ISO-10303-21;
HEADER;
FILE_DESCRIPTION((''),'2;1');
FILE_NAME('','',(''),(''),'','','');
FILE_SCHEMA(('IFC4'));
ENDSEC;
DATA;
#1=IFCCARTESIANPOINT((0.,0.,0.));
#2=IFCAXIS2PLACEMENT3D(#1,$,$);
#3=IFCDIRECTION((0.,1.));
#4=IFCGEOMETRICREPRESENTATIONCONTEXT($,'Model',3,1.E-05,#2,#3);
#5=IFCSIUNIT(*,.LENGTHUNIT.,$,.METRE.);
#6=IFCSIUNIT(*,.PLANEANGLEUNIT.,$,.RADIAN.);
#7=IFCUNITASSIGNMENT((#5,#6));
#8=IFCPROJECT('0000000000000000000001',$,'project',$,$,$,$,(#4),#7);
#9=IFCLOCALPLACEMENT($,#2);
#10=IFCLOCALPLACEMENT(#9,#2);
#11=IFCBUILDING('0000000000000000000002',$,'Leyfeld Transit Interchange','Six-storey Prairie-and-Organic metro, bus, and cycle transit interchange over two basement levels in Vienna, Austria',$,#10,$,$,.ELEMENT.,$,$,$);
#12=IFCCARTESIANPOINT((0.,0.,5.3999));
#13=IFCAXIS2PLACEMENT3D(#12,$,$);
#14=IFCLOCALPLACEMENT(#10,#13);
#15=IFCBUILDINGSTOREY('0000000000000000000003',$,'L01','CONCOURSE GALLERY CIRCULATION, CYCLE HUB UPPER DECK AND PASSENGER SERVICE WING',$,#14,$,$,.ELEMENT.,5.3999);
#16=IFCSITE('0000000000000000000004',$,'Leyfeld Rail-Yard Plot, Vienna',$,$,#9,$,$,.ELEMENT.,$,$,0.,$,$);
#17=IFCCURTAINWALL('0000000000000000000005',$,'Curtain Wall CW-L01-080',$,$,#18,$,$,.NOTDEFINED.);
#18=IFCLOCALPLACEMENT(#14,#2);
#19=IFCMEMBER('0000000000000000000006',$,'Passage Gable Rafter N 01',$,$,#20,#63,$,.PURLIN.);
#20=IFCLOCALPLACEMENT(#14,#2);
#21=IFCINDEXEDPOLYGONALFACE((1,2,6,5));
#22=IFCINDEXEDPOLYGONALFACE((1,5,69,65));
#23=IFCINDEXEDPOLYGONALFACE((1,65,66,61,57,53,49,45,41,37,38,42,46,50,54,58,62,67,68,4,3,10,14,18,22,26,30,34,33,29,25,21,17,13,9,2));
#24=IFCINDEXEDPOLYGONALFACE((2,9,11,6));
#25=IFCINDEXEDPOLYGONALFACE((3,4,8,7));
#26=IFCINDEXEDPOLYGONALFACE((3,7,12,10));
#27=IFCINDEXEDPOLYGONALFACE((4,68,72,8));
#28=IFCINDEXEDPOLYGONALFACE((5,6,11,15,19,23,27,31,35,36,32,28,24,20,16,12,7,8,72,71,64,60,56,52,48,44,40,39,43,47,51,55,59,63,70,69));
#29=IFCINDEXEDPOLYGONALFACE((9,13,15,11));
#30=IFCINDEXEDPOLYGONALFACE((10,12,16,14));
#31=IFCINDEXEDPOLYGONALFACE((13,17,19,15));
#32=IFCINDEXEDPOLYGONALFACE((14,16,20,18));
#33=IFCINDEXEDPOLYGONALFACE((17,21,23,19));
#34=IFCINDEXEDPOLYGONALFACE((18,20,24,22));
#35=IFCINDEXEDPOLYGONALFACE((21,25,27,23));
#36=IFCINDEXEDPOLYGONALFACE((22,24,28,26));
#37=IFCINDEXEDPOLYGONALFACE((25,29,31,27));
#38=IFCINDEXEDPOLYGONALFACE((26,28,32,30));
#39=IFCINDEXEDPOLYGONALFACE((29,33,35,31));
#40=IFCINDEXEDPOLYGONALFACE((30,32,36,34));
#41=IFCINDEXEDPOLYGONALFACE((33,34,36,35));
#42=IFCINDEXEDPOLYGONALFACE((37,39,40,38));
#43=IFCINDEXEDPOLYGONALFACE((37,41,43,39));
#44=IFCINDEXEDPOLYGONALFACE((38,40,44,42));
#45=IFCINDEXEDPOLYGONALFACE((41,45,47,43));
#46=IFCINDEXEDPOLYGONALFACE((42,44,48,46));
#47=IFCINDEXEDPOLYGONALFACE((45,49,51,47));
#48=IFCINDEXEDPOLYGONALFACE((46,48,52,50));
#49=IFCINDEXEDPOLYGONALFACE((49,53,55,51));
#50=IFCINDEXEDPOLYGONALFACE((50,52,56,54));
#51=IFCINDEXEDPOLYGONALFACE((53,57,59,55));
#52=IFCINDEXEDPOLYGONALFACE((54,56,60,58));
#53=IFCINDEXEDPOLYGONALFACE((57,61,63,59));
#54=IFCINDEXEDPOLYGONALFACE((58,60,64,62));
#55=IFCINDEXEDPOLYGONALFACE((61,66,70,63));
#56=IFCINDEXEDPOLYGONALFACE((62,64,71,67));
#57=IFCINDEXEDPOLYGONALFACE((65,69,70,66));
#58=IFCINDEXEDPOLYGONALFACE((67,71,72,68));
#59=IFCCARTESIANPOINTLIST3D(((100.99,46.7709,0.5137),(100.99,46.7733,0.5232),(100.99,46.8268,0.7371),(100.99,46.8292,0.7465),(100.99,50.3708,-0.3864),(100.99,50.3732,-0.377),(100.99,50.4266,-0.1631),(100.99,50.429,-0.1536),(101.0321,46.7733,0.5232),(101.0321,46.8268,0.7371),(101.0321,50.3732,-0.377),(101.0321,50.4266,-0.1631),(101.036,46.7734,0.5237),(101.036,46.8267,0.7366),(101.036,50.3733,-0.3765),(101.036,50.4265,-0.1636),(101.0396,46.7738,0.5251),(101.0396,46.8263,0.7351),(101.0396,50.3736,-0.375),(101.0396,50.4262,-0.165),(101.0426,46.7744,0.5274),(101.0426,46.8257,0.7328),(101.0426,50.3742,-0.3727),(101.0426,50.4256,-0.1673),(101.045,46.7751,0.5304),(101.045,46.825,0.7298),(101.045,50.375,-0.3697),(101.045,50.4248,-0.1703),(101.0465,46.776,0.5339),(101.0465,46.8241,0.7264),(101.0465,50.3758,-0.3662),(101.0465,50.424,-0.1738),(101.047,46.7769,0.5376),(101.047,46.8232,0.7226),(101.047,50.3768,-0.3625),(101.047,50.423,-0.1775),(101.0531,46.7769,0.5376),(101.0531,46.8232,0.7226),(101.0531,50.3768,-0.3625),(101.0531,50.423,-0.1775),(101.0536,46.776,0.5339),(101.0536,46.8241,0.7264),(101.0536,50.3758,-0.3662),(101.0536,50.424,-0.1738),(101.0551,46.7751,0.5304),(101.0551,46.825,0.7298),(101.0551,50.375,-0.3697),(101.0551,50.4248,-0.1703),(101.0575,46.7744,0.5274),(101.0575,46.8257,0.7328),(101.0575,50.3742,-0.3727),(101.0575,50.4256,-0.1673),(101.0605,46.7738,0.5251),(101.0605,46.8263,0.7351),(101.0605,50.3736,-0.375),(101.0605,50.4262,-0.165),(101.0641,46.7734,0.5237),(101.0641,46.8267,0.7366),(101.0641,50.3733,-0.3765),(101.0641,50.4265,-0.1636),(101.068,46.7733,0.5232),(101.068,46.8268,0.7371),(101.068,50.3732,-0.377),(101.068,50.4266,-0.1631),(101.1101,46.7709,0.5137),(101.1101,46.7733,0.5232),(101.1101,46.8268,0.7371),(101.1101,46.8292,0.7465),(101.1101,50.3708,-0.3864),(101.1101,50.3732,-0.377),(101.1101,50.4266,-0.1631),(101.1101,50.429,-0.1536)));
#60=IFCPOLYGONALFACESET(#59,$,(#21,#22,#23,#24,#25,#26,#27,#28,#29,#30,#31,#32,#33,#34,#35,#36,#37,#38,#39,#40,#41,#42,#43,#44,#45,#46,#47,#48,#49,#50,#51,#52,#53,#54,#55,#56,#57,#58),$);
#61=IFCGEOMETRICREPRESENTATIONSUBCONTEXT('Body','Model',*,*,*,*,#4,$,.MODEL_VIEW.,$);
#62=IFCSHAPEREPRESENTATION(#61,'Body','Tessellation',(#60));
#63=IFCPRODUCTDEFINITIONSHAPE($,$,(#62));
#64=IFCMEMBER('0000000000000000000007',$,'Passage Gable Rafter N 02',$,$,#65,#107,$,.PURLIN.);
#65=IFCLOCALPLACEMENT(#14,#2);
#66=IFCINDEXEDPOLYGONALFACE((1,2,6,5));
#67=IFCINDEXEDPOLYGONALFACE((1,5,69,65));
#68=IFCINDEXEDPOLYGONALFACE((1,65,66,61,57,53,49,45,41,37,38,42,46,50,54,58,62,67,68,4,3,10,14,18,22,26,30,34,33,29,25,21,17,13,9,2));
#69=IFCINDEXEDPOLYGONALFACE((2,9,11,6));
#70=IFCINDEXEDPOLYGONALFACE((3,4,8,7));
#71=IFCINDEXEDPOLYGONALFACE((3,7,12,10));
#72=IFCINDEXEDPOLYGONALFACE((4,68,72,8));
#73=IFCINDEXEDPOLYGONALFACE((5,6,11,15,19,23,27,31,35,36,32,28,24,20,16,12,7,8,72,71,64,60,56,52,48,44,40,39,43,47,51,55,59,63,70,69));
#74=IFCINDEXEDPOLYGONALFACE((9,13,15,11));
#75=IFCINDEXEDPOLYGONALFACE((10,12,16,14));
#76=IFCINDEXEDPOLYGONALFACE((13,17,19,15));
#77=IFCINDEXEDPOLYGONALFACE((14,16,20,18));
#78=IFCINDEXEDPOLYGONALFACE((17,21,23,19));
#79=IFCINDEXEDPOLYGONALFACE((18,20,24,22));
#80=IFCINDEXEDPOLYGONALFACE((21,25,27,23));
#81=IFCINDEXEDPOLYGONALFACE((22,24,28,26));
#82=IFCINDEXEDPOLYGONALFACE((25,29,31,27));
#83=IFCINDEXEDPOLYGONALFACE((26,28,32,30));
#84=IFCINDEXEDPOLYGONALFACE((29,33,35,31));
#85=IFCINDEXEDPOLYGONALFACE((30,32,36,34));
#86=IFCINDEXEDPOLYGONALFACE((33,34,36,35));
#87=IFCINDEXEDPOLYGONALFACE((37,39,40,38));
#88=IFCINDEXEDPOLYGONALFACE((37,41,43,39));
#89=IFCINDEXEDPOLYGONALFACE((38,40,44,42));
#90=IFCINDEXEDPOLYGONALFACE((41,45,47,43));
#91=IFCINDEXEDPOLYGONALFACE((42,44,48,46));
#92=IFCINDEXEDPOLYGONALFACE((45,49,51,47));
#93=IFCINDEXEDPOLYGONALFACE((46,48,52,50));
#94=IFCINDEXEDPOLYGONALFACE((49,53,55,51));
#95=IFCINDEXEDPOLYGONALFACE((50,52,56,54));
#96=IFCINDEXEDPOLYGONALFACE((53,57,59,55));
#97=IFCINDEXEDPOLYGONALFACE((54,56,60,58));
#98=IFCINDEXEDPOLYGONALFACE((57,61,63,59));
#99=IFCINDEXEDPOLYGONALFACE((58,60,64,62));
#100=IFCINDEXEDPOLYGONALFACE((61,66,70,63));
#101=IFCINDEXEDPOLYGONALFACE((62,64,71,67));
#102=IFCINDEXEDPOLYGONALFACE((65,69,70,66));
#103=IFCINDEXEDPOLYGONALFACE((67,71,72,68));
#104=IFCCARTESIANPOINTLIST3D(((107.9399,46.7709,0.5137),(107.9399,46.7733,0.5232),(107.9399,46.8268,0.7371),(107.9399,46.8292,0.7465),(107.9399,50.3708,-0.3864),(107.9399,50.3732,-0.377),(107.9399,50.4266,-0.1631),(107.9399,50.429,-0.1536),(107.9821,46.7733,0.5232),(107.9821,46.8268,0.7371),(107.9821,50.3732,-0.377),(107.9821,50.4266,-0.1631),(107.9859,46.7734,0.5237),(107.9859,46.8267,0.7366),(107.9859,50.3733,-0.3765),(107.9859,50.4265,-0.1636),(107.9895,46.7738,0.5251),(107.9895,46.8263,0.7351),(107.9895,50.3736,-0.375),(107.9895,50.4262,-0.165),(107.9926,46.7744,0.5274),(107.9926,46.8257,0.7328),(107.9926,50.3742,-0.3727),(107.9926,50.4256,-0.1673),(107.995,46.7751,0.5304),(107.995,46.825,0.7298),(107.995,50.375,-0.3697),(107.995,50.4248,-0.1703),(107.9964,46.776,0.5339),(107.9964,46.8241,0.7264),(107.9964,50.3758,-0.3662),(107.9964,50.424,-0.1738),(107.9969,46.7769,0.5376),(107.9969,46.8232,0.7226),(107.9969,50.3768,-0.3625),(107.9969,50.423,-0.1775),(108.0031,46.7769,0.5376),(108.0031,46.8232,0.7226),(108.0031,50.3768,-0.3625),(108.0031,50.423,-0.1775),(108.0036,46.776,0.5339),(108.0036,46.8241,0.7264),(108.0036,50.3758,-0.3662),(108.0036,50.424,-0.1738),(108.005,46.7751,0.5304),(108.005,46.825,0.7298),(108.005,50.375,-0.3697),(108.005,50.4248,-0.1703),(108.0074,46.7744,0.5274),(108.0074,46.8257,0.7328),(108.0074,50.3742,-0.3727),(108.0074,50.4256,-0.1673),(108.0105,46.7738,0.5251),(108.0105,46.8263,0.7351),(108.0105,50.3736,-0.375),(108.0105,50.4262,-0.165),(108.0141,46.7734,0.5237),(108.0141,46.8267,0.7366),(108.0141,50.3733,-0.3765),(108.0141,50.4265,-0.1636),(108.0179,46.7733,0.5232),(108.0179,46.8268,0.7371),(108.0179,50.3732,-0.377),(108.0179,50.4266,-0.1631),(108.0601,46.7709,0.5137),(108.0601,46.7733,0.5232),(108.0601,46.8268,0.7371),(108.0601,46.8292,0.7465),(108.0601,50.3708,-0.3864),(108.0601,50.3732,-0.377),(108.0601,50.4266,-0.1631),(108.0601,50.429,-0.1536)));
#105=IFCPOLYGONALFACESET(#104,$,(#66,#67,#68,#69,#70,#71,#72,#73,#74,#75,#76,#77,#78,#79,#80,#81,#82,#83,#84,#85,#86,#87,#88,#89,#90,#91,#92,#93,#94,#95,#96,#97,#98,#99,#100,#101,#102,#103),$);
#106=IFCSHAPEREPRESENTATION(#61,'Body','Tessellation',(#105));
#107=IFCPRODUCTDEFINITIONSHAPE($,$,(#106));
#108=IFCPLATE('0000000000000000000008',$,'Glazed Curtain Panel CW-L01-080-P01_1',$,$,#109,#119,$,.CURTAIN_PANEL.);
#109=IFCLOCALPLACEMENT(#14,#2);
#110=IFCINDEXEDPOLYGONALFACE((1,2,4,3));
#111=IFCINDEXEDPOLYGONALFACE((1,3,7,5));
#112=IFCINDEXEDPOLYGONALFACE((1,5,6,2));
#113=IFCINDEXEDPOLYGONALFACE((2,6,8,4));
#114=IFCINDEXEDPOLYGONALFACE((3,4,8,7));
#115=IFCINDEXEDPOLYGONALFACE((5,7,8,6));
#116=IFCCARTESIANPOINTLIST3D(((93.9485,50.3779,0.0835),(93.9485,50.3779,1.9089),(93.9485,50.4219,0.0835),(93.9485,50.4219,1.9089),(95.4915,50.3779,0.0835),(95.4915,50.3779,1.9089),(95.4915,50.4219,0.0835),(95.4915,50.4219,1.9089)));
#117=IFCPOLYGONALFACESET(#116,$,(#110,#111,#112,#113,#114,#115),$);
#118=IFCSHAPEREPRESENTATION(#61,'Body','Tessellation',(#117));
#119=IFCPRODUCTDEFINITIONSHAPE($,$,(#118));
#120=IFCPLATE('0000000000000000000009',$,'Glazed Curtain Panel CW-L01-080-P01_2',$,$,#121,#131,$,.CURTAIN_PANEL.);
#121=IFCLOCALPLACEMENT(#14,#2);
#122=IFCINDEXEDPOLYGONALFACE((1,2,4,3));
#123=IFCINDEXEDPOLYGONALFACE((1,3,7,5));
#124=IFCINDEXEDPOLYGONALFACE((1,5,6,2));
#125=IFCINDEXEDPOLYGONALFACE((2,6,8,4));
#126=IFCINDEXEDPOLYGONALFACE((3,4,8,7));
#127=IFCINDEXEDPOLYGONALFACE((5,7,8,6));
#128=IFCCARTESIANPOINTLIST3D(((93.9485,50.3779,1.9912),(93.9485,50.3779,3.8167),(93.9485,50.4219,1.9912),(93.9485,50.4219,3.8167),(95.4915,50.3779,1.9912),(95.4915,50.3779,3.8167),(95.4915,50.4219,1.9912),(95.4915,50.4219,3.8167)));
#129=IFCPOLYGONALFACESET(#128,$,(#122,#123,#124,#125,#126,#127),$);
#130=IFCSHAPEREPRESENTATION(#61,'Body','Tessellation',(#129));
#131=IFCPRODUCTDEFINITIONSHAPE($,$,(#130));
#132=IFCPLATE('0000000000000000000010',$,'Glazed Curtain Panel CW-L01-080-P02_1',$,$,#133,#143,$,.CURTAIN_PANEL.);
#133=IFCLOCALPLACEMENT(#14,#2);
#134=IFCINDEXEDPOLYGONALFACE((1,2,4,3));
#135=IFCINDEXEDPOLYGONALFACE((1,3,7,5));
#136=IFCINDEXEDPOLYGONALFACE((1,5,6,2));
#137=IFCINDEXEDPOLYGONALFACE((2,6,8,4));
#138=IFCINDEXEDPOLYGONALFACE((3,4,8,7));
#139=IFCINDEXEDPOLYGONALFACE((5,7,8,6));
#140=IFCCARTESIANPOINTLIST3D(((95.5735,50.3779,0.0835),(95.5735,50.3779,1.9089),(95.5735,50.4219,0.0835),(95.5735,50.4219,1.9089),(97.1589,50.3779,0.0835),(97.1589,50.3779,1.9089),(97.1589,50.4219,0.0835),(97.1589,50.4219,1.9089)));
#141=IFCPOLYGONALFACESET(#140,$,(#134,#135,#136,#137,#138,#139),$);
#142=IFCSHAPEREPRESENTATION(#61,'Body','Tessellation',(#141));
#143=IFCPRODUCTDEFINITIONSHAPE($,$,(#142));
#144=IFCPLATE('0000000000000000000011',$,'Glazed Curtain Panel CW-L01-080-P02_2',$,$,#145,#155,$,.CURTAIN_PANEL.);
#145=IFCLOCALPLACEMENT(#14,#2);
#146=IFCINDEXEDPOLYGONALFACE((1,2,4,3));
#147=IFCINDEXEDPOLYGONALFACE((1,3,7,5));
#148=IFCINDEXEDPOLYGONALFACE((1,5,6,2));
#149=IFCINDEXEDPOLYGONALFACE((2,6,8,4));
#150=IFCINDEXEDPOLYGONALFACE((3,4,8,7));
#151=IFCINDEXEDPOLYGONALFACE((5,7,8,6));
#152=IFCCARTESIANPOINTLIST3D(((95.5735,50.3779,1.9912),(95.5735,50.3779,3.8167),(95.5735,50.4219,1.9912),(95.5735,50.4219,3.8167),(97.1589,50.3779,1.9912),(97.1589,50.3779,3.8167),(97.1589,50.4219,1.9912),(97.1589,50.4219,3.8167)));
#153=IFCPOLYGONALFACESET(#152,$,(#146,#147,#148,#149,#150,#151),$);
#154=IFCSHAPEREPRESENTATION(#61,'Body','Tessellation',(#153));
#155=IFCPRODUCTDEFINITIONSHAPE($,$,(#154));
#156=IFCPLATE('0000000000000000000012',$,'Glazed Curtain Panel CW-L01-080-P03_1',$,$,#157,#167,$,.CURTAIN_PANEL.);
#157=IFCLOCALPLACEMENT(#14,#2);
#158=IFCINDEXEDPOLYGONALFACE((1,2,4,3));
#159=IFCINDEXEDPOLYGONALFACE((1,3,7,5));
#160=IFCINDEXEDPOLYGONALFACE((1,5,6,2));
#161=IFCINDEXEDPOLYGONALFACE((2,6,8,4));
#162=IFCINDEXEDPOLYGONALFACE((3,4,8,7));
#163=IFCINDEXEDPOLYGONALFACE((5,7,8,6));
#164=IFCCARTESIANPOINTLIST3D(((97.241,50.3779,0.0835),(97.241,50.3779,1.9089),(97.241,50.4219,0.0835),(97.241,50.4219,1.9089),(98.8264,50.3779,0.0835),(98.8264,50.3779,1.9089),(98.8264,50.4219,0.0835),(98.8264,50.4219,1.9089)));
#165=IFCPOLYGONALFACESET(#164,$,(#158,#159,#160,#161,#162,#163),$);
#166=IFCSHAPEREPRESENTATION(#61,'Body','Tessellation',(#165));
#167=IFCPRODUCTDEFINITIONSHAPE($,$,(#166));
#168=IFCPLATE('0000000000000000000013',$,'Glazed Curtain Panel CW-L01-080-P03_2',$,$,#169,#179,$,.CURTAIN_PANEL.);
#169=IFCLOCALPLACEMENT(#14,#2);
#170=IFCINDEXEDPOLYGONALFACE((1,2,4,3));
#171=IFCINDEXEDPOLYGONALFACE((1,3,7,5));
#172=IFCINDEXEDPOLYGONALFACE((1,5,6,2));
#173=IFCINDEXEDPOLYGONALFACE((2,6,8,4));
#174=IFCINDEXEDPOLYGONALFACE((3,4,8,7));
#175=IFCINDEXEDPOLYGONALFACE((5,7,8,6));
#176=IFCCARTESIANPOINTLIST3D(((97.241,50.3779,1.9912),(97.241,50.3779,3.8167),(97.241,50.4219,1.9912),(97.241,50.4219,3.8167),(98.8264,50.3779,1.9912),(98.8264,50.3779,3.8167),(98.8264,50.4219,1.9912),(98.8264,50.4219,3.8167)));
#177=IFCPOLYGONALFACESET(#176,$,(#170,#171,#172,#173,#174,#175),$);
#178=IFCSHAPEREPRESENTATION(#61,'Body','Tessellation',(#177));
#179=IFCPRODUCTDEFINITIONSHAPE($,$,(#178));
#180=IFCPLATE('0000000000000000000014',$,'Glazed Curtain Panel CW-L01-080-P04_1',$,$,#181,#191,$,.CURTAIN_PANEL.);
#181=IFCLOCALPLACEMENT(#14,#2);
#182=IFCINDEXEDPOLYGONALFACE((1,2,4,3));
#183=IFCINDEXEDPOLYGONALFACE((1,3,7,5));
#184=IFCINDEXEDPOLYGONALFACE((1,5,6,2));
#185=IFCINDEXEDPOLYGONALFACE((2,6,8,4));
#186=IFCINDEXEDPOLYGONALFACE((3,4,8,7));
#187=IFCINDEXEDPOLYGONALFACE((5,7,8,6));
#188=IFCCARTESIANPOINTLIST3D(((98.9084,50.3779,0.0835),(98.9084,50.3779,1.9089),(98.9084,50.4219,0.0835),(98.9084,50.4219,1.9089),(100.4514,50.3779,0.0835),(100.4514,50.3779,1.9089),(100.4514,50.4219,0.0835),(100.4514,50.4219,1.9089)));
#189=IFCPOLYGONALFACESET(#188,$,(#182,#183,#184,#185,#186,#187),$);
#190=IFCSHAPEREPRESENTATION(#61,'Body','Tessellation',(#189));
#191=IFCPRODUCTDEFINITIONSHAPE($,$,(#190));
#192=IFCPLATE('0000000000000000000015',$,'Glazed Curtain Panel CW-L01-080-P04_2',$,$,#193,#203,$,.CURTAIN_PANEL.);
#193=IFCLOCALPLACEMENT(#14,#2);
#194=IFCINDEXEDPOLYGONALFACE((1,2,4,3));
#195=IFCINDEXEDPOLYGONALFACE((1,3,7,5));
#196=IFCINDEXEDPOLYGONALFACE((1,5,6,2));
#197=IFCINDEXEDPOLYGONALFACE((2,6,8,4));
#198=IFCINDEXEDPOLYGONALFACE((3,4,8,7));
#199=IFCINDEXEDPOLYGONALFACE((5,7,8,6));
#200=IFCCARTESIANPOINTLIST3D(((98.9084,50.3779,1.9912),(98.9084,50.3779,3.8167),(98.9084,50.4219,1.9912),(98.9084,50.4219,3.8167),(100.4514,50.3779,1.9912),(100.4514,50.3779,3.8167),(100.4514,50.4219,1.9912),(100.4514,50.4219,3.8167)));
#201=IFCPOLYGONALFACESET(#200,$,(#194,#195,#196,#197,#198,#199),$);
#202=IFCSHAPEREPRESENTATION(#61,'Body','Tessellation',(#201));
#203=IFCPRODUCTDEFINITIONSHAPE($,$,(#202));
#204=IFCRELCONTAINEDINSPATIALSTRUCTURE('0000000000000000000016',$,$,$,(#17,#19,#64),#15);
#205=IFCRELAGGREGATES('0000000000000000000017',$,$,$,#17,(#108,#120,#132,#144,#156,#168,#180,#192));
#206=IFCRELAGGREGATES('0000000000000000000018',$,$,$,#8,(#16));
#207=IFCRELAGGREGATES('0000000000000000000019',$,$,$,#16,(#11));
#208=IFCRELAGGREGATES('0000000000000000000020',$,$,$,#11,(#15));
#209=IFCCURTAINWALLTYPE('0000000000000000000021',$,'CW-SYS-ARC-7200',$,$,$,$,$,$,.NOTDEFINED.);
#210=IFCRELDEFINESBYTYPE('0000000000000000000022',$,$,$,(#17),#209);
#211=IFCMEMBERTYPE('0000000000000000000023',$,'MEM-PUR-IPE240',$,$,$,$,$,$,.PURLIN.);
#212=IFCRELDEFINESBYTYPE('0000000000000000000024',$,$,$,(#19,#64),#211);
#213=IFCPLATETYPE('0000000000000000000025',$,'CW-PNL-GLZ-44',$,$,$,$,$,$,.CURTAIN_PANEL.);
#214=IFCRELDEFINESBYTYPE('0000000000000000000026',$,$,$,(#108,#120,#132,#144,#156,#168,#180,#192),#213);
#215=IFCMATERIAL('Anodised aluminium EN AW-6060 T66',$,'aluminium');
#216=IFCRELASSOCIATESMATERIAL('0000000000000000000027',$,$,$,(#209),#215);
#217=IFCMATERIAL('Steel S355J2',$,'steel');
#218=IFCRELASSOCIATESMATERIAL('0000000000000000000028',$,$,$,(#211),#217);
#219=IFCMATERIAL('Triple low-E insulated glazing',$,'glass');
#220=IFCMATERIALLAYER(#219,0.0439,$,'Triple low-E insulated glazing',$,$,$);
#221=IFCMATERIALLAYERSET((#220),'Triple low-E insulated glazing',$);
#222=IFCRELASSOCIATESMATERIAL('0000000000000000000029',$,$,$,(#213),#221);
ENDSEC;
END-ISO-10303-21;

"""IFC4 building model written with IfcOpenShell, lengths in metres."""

from ifc_helpers import new_model, si_unit, direction, frame, origin, origin_2d, place, context, subcontext, project, spatial, rectangle, i_section, extrude, material, layer, layer_set, material_profile, profile_set, type_object, element, aggregate, save


model = new_model("IFC4")

# Units and contexts
model_context = context("Model", 3, precision=1e-05, world=origin(), true_north=direction((0.0, 1.0)))
body_context = subcontext(model_context, "Body", "Model", "MODEL_VIEW")
ifc_project = project(units=[si_unit("LENGTHUNIT", "METRE"), si_unit("PLANEANGLEUNIT", "RADIAN")], contexts=[model_context])

# Site, building, storey
site_placement = place(None, origin())
site = spatial("IfcSite", under=ifc_project, at=site_placement, Name="Leyfeld Rail-Yard Plot, Vienna", CompositionType="ELEMENT", RefElevation=0.0)
building_placement = place(site_placement, origin())
building = spatial("IfcBuilding", under=site, at=building_placement, Name="Leyfeld Transit Interchange", Description="Six-storey Prairie-and-Organic metro, bus, and cycle transit interchange over two basement levels in Vienna, Austria", CompositionType="ELEMENT")
storey_placement = place(building_placement, frame((0.0, 0.0, 5.3999)))
storey = spatial("IfcBuildingStorey", under=building, at=storey_placement, Name="L01", Description="CONCOURSE GALLERY CIRCULATION, CYCLE HUB UPPER DECK AND PASSENGER SERVICE WING", CompositionType="ELEMENT", Elevation=5.3999)

# Shared definitions
ifc_material_1 = material(Name="Steel S355J2", Category="steel")

# Curtain wall
ifc_material_2 = material(Name="Anodised aluminium EN AW-6060 T66", Category="aluminium")
curtain_wall_type = type_object("IfcCurtainWallType", Name="CW-SYS-ARC-7200", PredefinedType="NOTDEFINED", material=ifc_material_2)
curtain_wall_placement = place(storey_placement, origin())
curtain_wall = element("IfcCurtainWall", 1, at=curtain_wall_placement, inside=storey, type_object=curtain_wall_type, Name="Curtain Wall CW-L01-080", PredefinedType="NOTDEFINED")

# Members
ifc_material_profile_1 = material_profile(ifc_material_1, i_section(OverallWidth=0.1201, OverallDepth=0.24, WebThickness=0.0061, FlangeThickness=0.0098, FilletRadius=0.0149, at=origin_2d()), Name="IPE 240")
ifc_profile_set_1 = profile_set([ifc_material_profile_1], Name="Steel S355J2")
member_type_1 = type_object("IfcMemberType", Name="MEM-PUR-IPE240", PredefinedType="PURLIN", material=ifc_profile_set_1)
for number, where, z_axis, x_axis, name in (
    (2, (101.05, 50.3999, -0.27), (0.0, -0.970131, 0.242582), (1.0, 0.0, 0.0), "Passage Gable Rafter N 01"),
    (3, (108.0, 50.3999, -0.27), (0.0, -0.970131, 0.242582), (1.0, 0.0, 0.0), "Passage Gable Rafter N 02"),
):
    element("IfcMember", number, at=place(storey_placement, frame(where, z_axis=z_axis, x_axis=x_axis)), inside=storey, type_object=member_type_1, Name=name, PredefinedType="PURLIN", context=body_context, shape_type="SweptSolid", body=[
        extrude(i_section(OverallWidth=0.1201, OverallDepth=0.24, WebThickness=0.0061, FlangeThickness=0.0098, FilletRadius=0.0149, at=origin_2d()), origin(), (0.0, 0.0, 1.0), 3.7107),
    ])

# Plates
ifc_material_3 = material(Name="Triple low-E insulated glazing", Category="glass")
ifc_layer = layer(ifc_material_3, 0.0439, Name="Triple low-E insulated glazing")
ifc_layer_set = layer_set([ifc_layer], Name="Triple low-E insulated glazing")
plate_type = type_object("IfcPlateType", Name="CW-PNL-GLZ-44", PredefinedType="CURTAIN_PANEL", material=ifc_layer_set)
plate_1_placement = place(storey_placement, frame((94.72, 50.3999, 0.0835), z_axis=(0.0, 0.0, 1.0), x_axis=(1.0, 0.0, 0.0)))
plate_1 = element("IfcPlate", 4, at=plate_1_placement, type_object=plate_type, Name="Glazed Curtain Panel CW-L01-080-P01_1", PredefinedType="CURTAIN_PANEL", context=body_context, shape_type="SweptSolid", body=[
    extrude(rectangle(XDim=1.543, YDim=0.0439, at=origin_2d()), origin(), (0.0, 0.0, 1.0), 1.8254),
])
plate_2_placement = place(storey_placement, frame((94.72, 50.3999, 1.9912), z_axis=(0.0, 0.0, 1.0), x_axis=(1.0, 0.0, 0.0)))
plate_2 = element("IfcPlate", 5, at=plate_2_placement, type_object=plate_type, Name="Glazed Curtain Panel CW-L01-080-P01_2", PredefinedType="CURTAIN_PANEL", context=body_context, shape_type="SweptSolid", body=[
    extrude(rectangle(XDim=1.543, YDim=0.0439, at=origin_2d()), origin(), (0.0, 0.0, 1.0), 1.8254),
])
plate_3_placement = place(storey_placement, frame((96.3662, 50.3999, 0.0835), z_axis=(0.0, 0.0, 1.0), x_axis=(1.0, 0.0, 0.0)))
plate_3 = element("IfcPlate", 6, at=plate_3_placement, type_object=plate_type, Name="Glazed Curtain Panel CW-L01-080-P02_1", PredefinedType="CURTAIN_PANEL", context=body_context, shape_type="SweptSolid", body=[
    extrude(rectangle(XDim=1.5854, YDim=0.0439, at=origin_2d()), origin(), (0.0, 0.0, 1.0), 1.8254),
])
plate_4_placement = place(storey_placement, frame((96.3662, 50.3999, 1.9912), z_axis=(0.0, 0.0, 1.0), x_axis=(1.0, 0.0, 0.0)))
plate_4 = element("IfcPlate", 7, at=plate_4_placement, type_object=plate_type, Name="Glazed Curtain Panel CW-L01-080-P02_2", PredefinedType="CURTAIN_PANEL", context=body_context, shape_type="SweptSolid", body=[
    extrude(rectangle(XDim=1.5854, YDim=0.0439, at=origin_2d()), origin(), (0.0, 0.0, 1.0), 1.8254),
])
plate_5_placement = place(storey_placement, frame((98.0337, 50.3999, 0.0835), z_axis=(0.0, 0.0, 1.0), x_axis=(1.0, 0.0, 0.0)))
plate_5 = element("IfcPlate", 8, at=plate_5_placement, type_object=plate_type, Name="Glazed Curtain Panel CW-L01-080-P03_1", PredefinedType="CURTAIN_PANEL", context=body_context, shape_type="SweptSolid", body=[
    extrude(rectangle(XDim=1.5854, YDim=0.0439, at=origin_2d()), origin(), (0.0, 0.0, 1.0), 1.8254),
])
plate_6_placement = place(storey_placement, frame((98.0337, 50.3999, 1.9912), z_axis=(0.0, 0.0, 1.0), x_axis=(1.0, 0.0, 0.0)))
plate_6 = element("IfcPlate", 9, at=plate_6_placement, type_object=plate_type, Name="Glazed Curtain Panel CW-L01-080-P03_2", PredefinedType="CURTAIN_PANEL", context=body_context, shape_type="SweptSolid", body=[
    extrude(rectangle(XDim=1.5854, YDim=0.0439, at=origin_2d()), origin(), (0.0, 0.0, 1.0), 1.8254),
])
plate_7_placement = place(storey_placement, frame((99.6799, 50.3999, 0.0835), z_axis=(0.0, 0.0, 1.0), x_axis=(1.0, 0.0, 0.0)))
plate_7 = element("IfcPlate", 10, at=plate_7_placement, type_object=plate_type, Name="Glazed Curtain Panel CW-L01-080-P04_1", PredefinedType="CURTAIN_PANEL", context=body_context, shape_type="SweptSolid", body=[
    extrude(rectangle(XDim=1.543, YDim=0.0439, at=origin_2d()), origin(), (0.0, 0.0, 1.0), 1.8254),
])
plate_8_placement = place(storey_placement, frame((99.6799, 50.3999, 1.9912), z_axis=(0.0, 0.0, 1.0), x_axis=(1.0, 0.0, 0.0)))
plate_8 = element("IfcPlate", 11, at=plate_8_placement, type_object=plate_type, Name="Glazed Curtain Panel CW-L01-080-P04_2", PredefinedType="CURTAIN_PANEL", context=body_context, shape_type="SweptSolid", body=[
    extrude(rectangle(XDim=1.543, YDim=0.0439, at=origin_2d()), origin(), (0.0, 0.0, 1.0), 1.8254),
])
aggregate(curtain_wall, [plate_1, plate_2, plate_3, plate_4, plate_5, plate_6, plate_7, plate_8])

save(model, "model.ifc")
